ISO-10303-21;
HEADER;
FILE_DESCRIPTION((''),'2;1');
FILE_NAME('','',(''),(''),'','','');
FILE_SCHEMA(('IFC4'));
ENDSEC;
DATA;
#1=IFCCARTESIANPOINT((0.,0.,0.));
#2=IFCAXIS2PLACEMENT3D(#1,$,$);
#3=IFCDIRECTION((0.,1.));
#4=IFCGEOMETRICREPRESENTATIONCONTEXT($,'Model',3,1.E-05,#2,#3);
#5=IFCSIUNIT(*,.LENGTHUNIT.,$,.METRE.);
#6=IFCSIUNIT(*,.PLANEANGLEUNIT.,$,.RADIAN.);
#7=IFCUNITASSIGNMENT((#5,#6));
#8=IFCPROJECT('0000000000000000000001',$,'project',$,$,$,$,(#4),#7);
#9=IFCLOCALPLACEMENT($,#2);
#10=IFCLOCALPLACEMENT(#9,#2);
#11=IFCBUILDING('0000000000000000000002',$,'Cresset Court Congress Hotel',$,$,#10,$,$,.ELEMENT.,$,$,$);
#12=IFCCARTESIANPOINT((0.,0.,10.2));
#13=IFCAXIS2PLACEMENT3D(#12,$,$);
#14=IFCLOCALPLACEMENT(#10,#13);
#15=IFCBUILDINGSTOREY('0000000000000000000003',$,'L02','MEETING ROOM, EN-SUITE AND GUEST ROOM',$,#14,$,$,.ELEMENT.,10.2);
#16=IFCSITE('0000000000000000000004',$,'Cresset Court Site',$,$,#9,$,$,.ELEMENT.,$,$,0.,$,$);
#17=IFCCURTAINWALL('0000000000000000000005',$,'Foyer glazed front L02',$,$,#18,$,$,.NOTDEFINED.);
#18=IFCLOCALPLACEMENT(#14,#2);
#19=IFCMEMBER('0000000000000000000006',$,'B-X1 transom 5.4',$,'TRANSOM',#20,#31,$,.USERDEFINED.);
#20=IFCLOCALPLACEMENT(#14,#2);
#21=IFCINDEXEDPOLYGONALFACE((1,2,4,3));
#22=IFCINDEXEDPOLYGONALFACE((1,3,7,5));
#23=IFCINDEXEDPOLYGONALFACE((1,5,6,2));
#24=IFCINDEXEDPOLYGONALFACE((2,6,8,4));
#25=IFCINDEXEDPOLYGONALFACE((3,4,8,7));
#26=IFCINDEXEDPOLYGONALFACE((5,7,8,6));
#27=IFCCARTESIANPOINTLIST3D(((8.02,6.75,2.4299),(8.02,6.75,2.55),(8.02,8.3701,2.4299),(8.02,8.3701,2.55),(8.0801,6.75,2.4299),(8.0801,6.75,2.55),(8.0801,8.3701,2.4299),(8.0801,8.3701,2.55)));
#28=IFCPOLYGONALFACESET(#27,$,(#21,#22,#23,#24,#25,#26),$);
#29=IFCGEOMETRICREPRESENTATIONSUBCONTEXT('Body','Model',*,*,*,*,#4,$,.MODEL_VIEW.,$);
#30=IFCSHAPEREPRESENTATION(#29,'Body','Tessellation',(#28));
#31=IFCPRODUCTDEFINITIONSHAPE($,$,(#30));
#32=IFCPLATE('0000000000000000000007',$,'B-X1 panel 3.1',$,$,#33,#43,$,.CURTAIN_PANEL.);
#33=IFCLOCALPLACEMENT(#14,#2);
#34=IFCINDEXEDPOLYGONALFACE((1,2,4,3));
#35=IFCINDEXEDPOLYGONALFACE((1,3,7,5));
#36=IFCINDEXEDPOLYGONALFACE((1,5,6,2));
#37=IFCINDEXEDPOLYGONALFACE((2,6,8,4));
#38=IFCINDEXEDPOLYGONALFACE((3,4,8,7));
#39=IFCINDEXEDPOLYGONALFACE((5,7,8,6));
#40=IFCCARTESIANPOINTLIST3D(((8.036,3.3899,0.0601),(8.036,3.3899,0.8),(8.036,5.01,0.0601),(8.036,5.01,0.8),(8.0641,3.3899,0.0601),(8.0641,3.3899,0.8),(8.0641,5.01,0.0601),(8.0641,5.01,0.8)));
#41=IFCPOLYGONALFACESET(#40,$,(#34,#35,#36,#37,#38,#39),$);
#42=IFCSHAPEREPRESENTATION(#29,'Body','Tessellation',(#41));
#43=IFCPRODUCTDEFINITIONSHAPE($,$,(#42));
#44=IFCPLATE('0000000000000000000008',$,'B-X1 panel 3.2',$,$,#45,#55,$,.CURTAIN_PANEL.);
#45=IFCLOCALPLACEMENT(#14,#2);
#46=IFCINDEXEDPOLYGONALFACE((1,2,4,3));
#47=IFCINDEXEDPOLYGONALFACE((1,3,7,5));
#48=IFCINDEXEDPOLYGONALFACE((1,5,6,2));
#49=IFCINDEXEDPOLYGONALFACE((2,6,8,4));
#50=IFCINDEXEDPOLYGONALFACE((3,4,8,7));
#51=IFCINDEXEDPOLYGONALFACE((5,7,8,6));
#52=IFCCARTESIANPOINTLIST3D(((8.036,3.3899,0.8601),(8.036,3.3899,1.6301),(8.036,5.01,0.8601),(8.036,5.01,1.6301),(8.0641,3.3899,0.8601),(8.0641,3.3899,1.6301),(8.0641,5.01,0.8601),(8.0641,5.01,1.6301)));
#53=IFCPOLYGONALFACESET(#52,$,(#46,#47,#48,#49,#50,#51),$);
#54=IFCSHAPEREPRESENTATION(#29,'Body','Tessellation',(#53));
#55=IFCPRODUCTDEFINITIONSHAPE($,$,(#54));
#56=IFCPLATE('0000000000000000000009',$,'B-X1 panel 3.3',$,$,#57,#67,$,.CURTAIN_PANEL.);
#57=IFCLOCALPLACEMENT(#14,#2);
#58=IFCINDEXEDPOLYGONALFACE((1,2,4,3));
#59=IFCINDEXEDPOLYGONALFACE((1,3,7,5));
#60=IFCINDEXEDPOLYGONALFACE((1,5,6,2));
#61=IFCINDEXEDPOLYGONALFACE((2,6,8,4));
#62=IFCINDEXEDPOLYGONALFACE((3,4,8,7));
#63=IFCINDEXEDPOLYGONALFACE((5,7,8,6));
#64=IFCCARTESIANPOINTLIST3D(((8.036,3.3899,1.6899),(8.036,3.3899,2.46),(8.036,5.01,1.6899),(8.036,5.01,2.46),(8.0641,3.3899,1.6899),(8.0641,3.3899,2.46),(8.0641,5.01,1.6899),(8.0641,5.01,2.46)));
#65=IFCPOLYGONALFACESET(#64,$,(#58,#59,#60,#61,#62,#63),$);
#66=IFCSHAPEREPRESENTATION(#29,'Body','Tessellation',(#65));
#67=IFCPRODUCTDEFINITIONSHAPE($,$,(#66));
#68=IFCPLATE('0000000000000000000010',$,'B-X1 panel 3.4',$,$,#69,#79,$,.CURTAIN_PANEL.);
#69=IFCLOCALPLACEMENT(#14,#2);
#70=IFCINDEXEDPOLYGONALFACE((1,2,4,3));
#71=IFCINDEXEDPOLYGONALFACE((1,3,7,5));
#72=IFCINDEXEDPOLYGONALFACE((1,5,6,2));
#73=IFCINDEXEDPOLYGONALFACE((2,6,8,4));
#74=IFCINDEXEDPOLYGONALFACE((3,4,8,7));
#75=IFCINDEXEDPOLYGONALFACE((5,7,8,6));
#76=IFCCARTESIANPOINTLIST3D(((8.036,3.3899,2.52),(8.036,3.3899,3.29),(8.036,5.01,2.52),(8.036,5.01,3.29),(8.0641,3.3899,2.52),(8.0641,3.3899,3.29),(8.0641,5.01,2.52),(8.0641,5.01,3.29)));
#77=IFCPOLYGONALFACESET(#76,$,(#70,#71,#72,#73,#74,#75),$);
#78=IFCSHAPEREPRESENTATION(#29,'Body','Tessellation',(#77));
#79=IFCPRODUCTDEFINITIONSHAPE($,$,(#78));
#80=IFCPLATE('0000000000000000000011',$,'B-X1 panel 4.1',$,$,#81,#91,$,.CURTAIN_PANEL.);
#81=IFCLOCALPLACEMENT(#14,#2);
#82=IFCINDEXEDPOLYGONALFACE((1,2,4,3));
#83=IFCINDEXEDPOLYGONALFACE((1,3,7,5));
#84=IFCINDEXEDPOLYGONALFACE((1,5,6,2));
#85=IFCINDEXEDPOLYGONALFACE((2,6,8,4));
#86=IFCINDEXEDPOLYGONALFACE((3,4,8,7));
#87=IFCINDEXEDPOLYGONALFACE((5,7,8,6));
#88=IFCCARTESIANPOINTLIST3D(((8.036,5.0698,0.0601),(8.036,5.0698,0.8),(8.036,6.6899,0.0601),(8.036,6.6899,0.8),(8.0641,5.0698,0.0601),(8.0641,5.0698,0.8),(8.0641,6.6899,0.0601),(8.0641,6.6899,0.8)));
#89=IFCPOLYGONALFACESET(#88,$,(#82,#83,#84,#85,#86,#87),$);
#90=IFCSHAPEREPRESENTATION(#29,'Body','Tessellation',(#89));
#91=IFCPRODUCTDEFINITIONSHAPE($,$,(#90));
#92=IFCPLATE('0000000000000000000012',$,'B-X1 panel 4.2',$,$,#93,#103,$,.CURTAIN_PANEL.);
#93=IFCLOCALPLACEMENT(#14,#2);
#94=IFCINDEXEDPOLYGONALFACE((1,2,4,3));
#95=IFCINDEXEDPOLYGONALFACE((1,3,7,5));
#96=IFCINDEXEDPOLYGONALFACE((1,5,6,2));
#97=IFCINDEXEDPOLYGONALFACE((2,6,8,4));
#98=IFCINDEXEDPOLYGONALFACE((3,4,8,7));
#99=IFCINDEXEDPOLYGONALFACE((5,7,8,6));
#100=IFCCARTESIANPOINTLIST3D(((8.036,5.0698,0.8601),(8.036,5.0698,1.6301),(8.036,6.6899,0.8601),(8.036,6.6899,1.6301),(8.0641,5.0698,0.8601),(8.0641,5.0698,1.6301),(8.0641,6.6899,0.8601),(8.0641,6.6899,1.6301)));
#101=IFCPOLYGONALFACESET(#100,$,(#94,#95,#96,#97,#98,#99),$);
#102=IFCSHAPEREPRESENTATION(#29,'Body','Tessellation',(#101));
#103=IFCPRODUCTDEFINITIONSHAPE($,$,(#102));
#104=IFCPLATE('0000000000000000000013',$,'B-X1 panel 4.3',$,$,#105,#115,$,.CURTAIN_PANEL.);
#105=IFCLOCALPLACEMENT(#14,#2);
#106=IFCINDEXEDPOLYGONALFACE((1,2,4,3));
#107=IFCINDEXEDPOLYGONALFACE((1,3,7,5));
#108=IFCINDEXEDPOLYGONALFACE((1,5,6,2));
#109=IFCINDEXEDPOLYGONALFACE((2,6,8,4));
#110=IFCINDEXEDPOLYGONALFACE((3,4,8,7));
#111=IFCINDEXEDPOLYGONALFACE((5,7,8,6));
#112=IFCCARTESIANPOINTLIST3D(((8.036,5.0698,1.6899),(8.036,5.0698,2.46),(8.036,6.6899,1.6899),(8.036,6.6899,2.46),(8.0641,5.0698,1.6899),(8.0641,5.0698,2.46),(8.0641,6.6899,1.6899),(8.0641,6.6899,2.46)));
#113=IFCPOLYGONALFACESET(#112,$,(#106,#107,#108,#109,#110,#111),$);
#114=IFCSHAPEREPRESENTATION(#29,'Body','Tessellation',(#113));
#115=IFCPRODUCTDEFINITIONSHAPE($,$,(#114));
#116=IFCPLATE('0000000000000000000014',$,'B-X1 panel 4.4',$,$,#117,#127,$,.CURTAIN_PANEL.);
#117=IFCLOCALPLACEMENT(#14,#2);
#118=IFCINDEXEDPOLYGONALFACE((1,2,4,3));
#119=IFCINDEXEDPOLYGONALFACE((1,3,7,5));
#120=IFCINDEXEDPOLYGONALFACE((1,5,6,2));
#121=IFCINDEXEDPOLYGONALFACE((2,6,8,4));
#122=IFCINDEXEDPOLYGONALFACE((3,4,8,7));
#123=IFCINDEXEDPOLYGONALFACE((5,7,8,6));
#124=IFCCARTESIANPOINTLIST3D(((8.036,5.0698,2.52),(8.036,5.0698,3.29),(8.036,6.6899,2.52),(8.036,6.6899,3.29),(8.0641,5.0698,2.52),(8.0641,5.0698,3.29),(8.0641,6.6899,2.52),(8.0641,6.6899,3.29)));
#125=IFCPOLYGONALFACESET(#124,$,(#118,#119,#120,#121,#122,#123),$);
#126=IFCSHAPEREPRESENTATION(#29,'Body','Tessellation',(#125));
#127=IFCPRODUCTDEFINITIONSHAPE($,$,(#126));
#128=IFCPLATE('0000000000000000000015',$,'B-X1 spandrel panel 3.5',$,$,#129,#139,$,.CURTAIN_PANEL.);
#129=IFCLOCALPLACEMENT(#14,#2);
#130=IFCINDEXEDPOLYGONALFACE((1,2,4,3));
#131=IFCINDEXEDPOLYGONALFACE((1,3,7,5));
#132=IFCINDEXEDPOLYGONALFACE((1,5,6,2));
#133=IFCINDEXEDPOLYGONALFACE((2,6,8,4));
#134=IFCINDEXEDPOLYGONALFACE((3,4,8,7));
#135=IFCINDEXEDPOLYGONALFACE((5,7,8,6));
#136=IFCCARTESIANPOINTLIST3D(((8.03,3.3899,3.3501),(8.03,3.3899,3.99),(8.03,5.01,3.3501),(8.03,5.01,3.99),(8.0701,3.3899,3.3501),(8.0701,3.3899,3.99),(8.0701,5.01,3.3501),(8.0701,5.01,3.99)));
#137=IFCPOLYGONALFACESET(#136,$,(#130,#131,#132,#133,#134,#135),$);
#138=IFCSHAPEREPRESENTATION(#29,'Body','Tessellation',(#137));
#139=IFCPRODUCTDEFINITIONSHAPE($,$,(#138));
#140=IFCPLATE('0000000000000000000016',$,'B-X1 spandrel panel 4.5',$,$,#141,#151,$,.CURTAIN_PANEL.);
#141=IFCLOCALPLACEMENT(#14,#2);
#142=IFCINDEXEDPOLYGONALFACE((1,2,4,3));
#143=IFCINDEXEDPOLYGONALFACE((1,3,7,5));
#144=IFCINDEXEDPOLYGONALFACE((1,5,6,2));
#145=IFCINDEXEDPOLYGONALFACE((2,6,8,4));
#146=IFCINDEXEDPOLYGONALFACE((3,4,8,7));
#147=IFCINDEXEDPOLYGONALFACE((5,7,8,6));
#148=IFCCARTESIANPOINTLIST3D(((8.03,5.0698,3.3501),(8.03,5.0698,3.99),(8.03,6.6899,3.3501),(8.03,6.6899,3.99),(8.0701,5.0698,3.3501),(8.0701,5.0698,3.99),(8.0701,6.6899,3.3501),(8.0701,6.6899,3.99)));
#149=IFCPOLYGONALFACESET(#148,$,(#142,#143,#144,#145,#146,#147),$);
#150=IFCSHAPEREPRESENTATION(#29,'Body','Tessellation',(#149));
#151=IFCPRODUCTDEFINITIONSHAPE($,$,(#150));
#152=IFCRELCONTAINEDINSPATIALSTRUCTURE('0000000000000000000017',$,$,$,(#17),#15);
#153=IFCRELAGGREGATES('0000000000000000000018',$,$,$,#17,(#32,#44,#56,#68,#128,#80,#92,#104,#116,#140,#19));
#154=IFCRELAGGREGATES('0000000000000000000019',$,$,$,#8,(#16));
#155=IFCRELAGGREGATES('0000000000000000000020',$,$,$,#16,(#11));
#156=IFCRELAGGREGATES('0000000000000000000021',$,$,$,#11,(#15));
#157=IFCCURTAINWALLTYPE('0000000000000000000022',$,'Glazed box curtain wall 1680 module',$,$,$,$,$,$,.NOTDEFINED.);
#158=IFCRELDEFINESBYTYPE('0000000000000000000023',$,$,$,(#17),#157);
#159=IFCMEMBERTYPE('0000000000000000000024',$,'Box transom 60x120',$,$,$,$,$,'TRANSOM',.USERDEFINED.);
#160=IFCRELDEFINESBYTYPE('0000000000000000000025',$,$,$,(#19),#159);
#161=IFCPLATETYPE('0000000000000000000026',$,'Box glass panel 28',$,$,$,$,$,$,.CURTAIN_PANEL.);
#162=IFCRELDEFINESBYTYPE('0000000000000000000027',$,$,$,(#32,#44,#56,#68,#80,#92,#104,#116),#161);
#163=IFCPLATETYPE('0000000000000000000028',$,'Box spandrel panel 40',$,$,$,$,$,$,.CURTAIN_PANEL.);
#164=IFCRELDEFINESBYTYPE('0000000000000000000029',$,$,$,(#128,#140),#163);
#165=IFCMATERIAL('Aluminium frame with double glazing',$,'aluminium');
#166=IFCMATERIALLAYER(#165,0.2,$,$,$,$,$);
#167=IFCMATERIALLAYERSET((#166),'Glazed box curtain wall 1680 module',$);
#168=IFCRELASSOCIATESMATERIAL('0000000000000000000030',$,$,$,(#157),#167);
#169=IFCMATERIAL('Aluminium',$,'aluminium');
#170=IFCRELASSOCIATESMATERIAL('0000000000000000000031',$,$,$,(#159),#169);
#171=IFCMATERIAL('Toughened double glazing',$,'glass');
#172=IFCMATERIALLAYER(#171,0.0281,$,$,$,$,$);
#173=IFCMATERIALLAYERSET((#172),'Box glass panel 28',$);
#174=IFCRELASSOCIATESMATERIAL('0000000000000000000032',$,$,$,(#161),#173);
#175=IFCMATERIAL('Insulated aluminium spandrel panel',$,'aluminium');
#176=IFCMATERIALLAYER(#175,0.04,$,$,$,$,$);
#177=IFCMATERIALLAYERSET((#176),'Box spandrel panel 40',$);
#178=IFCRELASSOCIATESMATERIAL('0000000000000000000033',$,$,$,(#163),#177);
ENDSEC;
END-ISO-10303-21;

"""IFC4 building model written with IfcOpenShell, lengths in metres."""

from ifc_helpers import new_model, si_unit, direction, frame, origin, origin_2d, place, context, subcontext, project, spatial, rectangle, extrude, material, layer, layer_set, material_profile, profile_set, type_object, element, aggregate, save


model = new_model("IFC4")

# Units and contexts
model_context = context("Model", 3, precision=1e-05, world=origin(), true_north=direction((0.0, 1.0)))
body_context = subcontext(model_context, "Body", "Model", "MODEL_VIEW")
ifc_project = project(units=[si_unit("LENGTHUNIT", "METRE"), si_unit("PLANEANGLEUNIT", "RADIAN")], contexts=[model_context])

# Site, building, storey
site_placement = place(None, origin())
site = spatial("IfcSite", under=ifc_project, at=site_placement, Name="Cresset Court Site", CompositionType="ELEMENT", RefElevation=0.0)
building_placement = place(site_placement, origin())
building = spatial("IfcBuilding", under=site, at=building_placement, Name="Cresset Court Congress Hotel", CompositionType="ELEMENT")
storey_placement = place(building_placement, frame((0.0, 0.0, 10.2)))
storey = spatial("IfcBuildingStorey", under=building, at=storey_placement, Name="L02", Description="MEETING ROOM, EN-SUITE AND GUEST ROOM", CompositionType="ELEMENT", Elevation=10.2)

# Curtain wall, member, plates
ifc_material_1 = material(Name="Aluminium frame with double glazing", Category="aluminium")
ifc_layer_1 = layer(ifc_material_1, 0.2)
ifc_layer_set_1 = layer_set([ifc_layer_1], Name="Glazed box curtain wall 1680 module")
curtain_wall_type = type_object("IfcCurtainWallType", Name="Glazed box curtain wall 1680 module", PredefinedType="NOTDEFINED", material=ifc_layer_set_1)
curtain_wall_placement = place(storey_placement, origin())
curtain_wall = element("IfcCurtainWall", 1, at=curtain_wall_placement, inside=storey, type_object=curtain_wall_type, Name="Foyer glazed front L02", PredefinedType="NOTDEFINED")
ifc_material_2 = material(Name="Aluminium", Category="aluminium")
ifc_material_profile_1 = material_profile(ifc_material_2, rectangle(XDim=0.0601, YDim=0.1201, at=origin_2d()), Name="Box transom 60x120")
ifc_profile_set_1 = profile_set([ifc_material_profile_1], Name="Aluminium")
member_type_1 = type_object("IfcMemberType", Name="Box transom 60x120", ElementType="TRANSOM", PredefinedType="USERDEFINED", material=ifc_profile_set_1)
member_1_placement = place(storey_placement, frame((8.05, 6.75, 2.49), z_axis=(0.0, 1.0, 0.0), x_axis=(-1.0, 0.0, 0.0)))
member_1 = element("IfcMember", 2, at=member_1_placement, type_object=member_type_1, Name="B-X1 transom 5.4", ObjectType="TRANSOM", PredefinedType="USERDEFINED", context=body_context, shape_type="SweptSolid", body=[
    extrude(rectangle(XDim=0.0601, YDim=0.1201, at=origin_2d()), origin(), (0.0, 0.0, 1.0), 1.6201),
])
ifc_material_3 = material(Name="Toughened double glazing", Category="glass")
ifc_layer_2 = layer(ifc_material_3, 0.0281)
ifc_layer_set_2 = layer_set([ifc_layer_2], Name="Box glass panel 28")
plate_type_1 = type_object("IfcPlateType", Name="Box glass panel 28", PredefinedType="CURTAIN_PANEL", material=ifc_layer_set_2)
plate_1_placement = place(storey_placement, frame((8.05, 4.2, 0.0601), z_axis=(0.0, 0.0, 1.0), x_axis=(0.0, 1.0, 0.0)))
plate_1 = element("IfcPlate", 3, at=plate_1_placement, type_object=plate_type_1, Name="B-X1 panel 3.1", PredefinedType="CURTAIN_PANEL", context=body_context, shape_type="SweptSolid", body=[
    extrude(rectangle(XDim=1.6201, YDim=0.0281, at=origin_2d()), origin(), (0.0, 0.0, 1.0), 0.74),
])
plate_2_placement = place(storey_placement, frame((8.05, 4.2, 0.8601), z_axis=(0.0, 0.0, 1.0), x_axis=(0.0, 1.0, 0.0)))
plate_2 = element("IfcPlate", 4, at=plate_2_placement, type_object=plate_type_1, Name="B-X1 panel 3.2", PredefinedType="CURTAIN_PANEL", context=body_context, shape_type="SweptSolid", body=[
    extrude(rectangle(XDim=1.6201, YDim=0.0281, at=origin_2d()), origin(), (0.0, 0.0, 1.0), 0.77),
])
plate_3_placement = place(storey_placement, frame((8.05, 4.2, 1.6899), z_axis=(0.0, 0.0, 1.0), x_axis=(0.0, 1.0, 0.0)))
plate_3 = element("IfcPlate", 5, at=plate_3_placement, type_object=plate_type_1, Name="B-X1 panel 3.3", PredefinedType="CURTAIN_PANEL", context=body_context, shape_type="SweptSolid", body=[
    extrude(rectangle(XDim=1.6201, YDim=0.0281, at=origin_2d()), origin(), (0.0, 0.0, 1.0), 0.77),
])
plate_4_placement = place(storey_placement, frame((8.05, 4.2, 2.52), z_axis=(0.0, 0.0, 1.0), x_axis=(0.0, 1.0, 0.0)))
plate_4 = element("IfcPlate", 6, at=plate_4_placement, type_object=plate_type_1, Name="B-X1 panel 3.4", PredefinedType="CURTAIN_PANEL", context=body_context, shape_type="SweptSolid", body=[
    extrude(rectangle(XDim=1.6201, YDim=0.0281, at=origin_2d()), origin(), (0.0, 0.0, 1.0), 0.77),
])
plate_5_placement = place(storey_placement, frame((8.05, 5.8799, 0.0601), z_axis=(0.0, 0.0, 1.0), x_axis=(0.0, 1.0, 0.0)))
plate_5 = element("IfcPlate", 7, at=plate_5_placement, type_object=plate_type_1, Name="B-X1 panel 4.1", PredefinedType="CURTAIN_PANEL", context=body_context, shape_type="SweptSolid", body=[
    extrude(rectangle(XDim=1.6201, YDim=0.0281, at=origin_2d()), origin(), (0.0, 0.0, 1.0), 0.74),
])
plate_6_placement = place(storey_placement, frame((8.05, 5.8799, 0.8601), z_axis=(0.0, 0.0, 1.0), x_axis=(0.0, 1.0, 0.0)))
plate_6 = element("IfcPlate", 8, at=plate_6_placement, type_object=plate_type_1, Name="B-X1 panel 4.2", PredefinedType="CURTAIN_PANEL", context=body_context, shape_type="SweptSolid", body=[
    extrude(rectangle(XDim=1.6201, YDim=0.0281, at=origin_2d()), origin(), (0.0, 0.0, 1.0), 0.77),
])
plate_7_placement = place(storey_placement, frame((8.05, 5.8799, 1.6899), z_axis=(0.0, 0.0, 1.0), x_axis=(0.0, 1.0, 0.0)))
plate_7 = element("IfcPlate", 9, at=plate_7_placement, type_object=plate_type_1, Name="B-X1 panel 4.3", PredefinedType="CURTAIN_PANEL", context=body_context, shape_type="SweptSolid", body=[
    extrude(rectangle(XDim=1.6201, YDim=0.0281, at=origin_2d()), origin(), (0.0, 0.0, 1.0), 0.77),
])
plate_8_placement = place(storey_placement, frame((8.05, 5.8799, 2.52), z_axis=(0.0, 0.0, 1.0), x_axis=(0.0, 1.0, 0.0)))
plate_8 = element("IfcPlate", 10, at=plate_8_placement, type_object=plate_type_1, Name="B-X1 panel 4.4", PredefinedType="CURTAIN_PANEL", context=body_context, shape_type="SweptSolid", body=[
    extrude(rectangle(XDim=1.6201, YDim=0.0281, at=origin_2d()), origin(), (0.0, 0.0, 1.0), 0.77),
])
ifc_material_4 = material(Name="Insulated aluminium spandrel panel", Category="aluminium")
ifc_layer_3 = layer(ifc_material_4, 0.04)
ifc_layer_set_3 = layer_set([ifc_layer_3], Name="Box spandrel panel 40")
plate_type_2 = type_object("IfcPlateType", Name="Box spandrel panel 40", PredefinedType="CURTAIN_PANEL", material=ifc_layer_set_3)
plate_9_placement = place(storey_placement, frame((8.05, 4.2, 3.3501), z_axis=(0.0, 0.0, 1.0), x_axis=(0.0, 1.0, 0.0)))
plate_9 = element("IfcPlate", 11, at=plate_9_placement, type_object=plate_type_2, Name="B-X1 spandrel panel 3.5", PredefinedType="CURTAIN_PANEL", context=body_context, shape_type="SweptSolid", body=[
    extrude(rectangle(XDim=1.6201, YDim=0.04, at=origin_2d()), origin(), (0.0, 0.0, 1.0), 0.6399),
])
plate_10_placement = place(storey_placement, frame((8.05, 5.8799, 3.3501), z_axis=(0.0, 0.0, 1.0), x_axis=(0.0, 1.0, 0.0)))
plate_10 = element("IfcPlate", 12, at=plate_10_placement, type_object=plate_type_2, Name="B-X1 spandrel panel 4.5", PredefinedType="CURTAIN_PANEL", context=body_context, shape_type="SweptSolid", body=[
    extrude(rectangle(XDim=1.6201, YDim=0.04, at=origin_2d()), origin(), (0.0, 0.0, 1.0), 0.6399),
])
aggregate(curtain_wall, [plate_1, plate_2, plate_3, plate_4, plate_9, plate_5, plate_6, plate_7, plate_8, plate_10, member_1])

save(model, "model.ifc")
